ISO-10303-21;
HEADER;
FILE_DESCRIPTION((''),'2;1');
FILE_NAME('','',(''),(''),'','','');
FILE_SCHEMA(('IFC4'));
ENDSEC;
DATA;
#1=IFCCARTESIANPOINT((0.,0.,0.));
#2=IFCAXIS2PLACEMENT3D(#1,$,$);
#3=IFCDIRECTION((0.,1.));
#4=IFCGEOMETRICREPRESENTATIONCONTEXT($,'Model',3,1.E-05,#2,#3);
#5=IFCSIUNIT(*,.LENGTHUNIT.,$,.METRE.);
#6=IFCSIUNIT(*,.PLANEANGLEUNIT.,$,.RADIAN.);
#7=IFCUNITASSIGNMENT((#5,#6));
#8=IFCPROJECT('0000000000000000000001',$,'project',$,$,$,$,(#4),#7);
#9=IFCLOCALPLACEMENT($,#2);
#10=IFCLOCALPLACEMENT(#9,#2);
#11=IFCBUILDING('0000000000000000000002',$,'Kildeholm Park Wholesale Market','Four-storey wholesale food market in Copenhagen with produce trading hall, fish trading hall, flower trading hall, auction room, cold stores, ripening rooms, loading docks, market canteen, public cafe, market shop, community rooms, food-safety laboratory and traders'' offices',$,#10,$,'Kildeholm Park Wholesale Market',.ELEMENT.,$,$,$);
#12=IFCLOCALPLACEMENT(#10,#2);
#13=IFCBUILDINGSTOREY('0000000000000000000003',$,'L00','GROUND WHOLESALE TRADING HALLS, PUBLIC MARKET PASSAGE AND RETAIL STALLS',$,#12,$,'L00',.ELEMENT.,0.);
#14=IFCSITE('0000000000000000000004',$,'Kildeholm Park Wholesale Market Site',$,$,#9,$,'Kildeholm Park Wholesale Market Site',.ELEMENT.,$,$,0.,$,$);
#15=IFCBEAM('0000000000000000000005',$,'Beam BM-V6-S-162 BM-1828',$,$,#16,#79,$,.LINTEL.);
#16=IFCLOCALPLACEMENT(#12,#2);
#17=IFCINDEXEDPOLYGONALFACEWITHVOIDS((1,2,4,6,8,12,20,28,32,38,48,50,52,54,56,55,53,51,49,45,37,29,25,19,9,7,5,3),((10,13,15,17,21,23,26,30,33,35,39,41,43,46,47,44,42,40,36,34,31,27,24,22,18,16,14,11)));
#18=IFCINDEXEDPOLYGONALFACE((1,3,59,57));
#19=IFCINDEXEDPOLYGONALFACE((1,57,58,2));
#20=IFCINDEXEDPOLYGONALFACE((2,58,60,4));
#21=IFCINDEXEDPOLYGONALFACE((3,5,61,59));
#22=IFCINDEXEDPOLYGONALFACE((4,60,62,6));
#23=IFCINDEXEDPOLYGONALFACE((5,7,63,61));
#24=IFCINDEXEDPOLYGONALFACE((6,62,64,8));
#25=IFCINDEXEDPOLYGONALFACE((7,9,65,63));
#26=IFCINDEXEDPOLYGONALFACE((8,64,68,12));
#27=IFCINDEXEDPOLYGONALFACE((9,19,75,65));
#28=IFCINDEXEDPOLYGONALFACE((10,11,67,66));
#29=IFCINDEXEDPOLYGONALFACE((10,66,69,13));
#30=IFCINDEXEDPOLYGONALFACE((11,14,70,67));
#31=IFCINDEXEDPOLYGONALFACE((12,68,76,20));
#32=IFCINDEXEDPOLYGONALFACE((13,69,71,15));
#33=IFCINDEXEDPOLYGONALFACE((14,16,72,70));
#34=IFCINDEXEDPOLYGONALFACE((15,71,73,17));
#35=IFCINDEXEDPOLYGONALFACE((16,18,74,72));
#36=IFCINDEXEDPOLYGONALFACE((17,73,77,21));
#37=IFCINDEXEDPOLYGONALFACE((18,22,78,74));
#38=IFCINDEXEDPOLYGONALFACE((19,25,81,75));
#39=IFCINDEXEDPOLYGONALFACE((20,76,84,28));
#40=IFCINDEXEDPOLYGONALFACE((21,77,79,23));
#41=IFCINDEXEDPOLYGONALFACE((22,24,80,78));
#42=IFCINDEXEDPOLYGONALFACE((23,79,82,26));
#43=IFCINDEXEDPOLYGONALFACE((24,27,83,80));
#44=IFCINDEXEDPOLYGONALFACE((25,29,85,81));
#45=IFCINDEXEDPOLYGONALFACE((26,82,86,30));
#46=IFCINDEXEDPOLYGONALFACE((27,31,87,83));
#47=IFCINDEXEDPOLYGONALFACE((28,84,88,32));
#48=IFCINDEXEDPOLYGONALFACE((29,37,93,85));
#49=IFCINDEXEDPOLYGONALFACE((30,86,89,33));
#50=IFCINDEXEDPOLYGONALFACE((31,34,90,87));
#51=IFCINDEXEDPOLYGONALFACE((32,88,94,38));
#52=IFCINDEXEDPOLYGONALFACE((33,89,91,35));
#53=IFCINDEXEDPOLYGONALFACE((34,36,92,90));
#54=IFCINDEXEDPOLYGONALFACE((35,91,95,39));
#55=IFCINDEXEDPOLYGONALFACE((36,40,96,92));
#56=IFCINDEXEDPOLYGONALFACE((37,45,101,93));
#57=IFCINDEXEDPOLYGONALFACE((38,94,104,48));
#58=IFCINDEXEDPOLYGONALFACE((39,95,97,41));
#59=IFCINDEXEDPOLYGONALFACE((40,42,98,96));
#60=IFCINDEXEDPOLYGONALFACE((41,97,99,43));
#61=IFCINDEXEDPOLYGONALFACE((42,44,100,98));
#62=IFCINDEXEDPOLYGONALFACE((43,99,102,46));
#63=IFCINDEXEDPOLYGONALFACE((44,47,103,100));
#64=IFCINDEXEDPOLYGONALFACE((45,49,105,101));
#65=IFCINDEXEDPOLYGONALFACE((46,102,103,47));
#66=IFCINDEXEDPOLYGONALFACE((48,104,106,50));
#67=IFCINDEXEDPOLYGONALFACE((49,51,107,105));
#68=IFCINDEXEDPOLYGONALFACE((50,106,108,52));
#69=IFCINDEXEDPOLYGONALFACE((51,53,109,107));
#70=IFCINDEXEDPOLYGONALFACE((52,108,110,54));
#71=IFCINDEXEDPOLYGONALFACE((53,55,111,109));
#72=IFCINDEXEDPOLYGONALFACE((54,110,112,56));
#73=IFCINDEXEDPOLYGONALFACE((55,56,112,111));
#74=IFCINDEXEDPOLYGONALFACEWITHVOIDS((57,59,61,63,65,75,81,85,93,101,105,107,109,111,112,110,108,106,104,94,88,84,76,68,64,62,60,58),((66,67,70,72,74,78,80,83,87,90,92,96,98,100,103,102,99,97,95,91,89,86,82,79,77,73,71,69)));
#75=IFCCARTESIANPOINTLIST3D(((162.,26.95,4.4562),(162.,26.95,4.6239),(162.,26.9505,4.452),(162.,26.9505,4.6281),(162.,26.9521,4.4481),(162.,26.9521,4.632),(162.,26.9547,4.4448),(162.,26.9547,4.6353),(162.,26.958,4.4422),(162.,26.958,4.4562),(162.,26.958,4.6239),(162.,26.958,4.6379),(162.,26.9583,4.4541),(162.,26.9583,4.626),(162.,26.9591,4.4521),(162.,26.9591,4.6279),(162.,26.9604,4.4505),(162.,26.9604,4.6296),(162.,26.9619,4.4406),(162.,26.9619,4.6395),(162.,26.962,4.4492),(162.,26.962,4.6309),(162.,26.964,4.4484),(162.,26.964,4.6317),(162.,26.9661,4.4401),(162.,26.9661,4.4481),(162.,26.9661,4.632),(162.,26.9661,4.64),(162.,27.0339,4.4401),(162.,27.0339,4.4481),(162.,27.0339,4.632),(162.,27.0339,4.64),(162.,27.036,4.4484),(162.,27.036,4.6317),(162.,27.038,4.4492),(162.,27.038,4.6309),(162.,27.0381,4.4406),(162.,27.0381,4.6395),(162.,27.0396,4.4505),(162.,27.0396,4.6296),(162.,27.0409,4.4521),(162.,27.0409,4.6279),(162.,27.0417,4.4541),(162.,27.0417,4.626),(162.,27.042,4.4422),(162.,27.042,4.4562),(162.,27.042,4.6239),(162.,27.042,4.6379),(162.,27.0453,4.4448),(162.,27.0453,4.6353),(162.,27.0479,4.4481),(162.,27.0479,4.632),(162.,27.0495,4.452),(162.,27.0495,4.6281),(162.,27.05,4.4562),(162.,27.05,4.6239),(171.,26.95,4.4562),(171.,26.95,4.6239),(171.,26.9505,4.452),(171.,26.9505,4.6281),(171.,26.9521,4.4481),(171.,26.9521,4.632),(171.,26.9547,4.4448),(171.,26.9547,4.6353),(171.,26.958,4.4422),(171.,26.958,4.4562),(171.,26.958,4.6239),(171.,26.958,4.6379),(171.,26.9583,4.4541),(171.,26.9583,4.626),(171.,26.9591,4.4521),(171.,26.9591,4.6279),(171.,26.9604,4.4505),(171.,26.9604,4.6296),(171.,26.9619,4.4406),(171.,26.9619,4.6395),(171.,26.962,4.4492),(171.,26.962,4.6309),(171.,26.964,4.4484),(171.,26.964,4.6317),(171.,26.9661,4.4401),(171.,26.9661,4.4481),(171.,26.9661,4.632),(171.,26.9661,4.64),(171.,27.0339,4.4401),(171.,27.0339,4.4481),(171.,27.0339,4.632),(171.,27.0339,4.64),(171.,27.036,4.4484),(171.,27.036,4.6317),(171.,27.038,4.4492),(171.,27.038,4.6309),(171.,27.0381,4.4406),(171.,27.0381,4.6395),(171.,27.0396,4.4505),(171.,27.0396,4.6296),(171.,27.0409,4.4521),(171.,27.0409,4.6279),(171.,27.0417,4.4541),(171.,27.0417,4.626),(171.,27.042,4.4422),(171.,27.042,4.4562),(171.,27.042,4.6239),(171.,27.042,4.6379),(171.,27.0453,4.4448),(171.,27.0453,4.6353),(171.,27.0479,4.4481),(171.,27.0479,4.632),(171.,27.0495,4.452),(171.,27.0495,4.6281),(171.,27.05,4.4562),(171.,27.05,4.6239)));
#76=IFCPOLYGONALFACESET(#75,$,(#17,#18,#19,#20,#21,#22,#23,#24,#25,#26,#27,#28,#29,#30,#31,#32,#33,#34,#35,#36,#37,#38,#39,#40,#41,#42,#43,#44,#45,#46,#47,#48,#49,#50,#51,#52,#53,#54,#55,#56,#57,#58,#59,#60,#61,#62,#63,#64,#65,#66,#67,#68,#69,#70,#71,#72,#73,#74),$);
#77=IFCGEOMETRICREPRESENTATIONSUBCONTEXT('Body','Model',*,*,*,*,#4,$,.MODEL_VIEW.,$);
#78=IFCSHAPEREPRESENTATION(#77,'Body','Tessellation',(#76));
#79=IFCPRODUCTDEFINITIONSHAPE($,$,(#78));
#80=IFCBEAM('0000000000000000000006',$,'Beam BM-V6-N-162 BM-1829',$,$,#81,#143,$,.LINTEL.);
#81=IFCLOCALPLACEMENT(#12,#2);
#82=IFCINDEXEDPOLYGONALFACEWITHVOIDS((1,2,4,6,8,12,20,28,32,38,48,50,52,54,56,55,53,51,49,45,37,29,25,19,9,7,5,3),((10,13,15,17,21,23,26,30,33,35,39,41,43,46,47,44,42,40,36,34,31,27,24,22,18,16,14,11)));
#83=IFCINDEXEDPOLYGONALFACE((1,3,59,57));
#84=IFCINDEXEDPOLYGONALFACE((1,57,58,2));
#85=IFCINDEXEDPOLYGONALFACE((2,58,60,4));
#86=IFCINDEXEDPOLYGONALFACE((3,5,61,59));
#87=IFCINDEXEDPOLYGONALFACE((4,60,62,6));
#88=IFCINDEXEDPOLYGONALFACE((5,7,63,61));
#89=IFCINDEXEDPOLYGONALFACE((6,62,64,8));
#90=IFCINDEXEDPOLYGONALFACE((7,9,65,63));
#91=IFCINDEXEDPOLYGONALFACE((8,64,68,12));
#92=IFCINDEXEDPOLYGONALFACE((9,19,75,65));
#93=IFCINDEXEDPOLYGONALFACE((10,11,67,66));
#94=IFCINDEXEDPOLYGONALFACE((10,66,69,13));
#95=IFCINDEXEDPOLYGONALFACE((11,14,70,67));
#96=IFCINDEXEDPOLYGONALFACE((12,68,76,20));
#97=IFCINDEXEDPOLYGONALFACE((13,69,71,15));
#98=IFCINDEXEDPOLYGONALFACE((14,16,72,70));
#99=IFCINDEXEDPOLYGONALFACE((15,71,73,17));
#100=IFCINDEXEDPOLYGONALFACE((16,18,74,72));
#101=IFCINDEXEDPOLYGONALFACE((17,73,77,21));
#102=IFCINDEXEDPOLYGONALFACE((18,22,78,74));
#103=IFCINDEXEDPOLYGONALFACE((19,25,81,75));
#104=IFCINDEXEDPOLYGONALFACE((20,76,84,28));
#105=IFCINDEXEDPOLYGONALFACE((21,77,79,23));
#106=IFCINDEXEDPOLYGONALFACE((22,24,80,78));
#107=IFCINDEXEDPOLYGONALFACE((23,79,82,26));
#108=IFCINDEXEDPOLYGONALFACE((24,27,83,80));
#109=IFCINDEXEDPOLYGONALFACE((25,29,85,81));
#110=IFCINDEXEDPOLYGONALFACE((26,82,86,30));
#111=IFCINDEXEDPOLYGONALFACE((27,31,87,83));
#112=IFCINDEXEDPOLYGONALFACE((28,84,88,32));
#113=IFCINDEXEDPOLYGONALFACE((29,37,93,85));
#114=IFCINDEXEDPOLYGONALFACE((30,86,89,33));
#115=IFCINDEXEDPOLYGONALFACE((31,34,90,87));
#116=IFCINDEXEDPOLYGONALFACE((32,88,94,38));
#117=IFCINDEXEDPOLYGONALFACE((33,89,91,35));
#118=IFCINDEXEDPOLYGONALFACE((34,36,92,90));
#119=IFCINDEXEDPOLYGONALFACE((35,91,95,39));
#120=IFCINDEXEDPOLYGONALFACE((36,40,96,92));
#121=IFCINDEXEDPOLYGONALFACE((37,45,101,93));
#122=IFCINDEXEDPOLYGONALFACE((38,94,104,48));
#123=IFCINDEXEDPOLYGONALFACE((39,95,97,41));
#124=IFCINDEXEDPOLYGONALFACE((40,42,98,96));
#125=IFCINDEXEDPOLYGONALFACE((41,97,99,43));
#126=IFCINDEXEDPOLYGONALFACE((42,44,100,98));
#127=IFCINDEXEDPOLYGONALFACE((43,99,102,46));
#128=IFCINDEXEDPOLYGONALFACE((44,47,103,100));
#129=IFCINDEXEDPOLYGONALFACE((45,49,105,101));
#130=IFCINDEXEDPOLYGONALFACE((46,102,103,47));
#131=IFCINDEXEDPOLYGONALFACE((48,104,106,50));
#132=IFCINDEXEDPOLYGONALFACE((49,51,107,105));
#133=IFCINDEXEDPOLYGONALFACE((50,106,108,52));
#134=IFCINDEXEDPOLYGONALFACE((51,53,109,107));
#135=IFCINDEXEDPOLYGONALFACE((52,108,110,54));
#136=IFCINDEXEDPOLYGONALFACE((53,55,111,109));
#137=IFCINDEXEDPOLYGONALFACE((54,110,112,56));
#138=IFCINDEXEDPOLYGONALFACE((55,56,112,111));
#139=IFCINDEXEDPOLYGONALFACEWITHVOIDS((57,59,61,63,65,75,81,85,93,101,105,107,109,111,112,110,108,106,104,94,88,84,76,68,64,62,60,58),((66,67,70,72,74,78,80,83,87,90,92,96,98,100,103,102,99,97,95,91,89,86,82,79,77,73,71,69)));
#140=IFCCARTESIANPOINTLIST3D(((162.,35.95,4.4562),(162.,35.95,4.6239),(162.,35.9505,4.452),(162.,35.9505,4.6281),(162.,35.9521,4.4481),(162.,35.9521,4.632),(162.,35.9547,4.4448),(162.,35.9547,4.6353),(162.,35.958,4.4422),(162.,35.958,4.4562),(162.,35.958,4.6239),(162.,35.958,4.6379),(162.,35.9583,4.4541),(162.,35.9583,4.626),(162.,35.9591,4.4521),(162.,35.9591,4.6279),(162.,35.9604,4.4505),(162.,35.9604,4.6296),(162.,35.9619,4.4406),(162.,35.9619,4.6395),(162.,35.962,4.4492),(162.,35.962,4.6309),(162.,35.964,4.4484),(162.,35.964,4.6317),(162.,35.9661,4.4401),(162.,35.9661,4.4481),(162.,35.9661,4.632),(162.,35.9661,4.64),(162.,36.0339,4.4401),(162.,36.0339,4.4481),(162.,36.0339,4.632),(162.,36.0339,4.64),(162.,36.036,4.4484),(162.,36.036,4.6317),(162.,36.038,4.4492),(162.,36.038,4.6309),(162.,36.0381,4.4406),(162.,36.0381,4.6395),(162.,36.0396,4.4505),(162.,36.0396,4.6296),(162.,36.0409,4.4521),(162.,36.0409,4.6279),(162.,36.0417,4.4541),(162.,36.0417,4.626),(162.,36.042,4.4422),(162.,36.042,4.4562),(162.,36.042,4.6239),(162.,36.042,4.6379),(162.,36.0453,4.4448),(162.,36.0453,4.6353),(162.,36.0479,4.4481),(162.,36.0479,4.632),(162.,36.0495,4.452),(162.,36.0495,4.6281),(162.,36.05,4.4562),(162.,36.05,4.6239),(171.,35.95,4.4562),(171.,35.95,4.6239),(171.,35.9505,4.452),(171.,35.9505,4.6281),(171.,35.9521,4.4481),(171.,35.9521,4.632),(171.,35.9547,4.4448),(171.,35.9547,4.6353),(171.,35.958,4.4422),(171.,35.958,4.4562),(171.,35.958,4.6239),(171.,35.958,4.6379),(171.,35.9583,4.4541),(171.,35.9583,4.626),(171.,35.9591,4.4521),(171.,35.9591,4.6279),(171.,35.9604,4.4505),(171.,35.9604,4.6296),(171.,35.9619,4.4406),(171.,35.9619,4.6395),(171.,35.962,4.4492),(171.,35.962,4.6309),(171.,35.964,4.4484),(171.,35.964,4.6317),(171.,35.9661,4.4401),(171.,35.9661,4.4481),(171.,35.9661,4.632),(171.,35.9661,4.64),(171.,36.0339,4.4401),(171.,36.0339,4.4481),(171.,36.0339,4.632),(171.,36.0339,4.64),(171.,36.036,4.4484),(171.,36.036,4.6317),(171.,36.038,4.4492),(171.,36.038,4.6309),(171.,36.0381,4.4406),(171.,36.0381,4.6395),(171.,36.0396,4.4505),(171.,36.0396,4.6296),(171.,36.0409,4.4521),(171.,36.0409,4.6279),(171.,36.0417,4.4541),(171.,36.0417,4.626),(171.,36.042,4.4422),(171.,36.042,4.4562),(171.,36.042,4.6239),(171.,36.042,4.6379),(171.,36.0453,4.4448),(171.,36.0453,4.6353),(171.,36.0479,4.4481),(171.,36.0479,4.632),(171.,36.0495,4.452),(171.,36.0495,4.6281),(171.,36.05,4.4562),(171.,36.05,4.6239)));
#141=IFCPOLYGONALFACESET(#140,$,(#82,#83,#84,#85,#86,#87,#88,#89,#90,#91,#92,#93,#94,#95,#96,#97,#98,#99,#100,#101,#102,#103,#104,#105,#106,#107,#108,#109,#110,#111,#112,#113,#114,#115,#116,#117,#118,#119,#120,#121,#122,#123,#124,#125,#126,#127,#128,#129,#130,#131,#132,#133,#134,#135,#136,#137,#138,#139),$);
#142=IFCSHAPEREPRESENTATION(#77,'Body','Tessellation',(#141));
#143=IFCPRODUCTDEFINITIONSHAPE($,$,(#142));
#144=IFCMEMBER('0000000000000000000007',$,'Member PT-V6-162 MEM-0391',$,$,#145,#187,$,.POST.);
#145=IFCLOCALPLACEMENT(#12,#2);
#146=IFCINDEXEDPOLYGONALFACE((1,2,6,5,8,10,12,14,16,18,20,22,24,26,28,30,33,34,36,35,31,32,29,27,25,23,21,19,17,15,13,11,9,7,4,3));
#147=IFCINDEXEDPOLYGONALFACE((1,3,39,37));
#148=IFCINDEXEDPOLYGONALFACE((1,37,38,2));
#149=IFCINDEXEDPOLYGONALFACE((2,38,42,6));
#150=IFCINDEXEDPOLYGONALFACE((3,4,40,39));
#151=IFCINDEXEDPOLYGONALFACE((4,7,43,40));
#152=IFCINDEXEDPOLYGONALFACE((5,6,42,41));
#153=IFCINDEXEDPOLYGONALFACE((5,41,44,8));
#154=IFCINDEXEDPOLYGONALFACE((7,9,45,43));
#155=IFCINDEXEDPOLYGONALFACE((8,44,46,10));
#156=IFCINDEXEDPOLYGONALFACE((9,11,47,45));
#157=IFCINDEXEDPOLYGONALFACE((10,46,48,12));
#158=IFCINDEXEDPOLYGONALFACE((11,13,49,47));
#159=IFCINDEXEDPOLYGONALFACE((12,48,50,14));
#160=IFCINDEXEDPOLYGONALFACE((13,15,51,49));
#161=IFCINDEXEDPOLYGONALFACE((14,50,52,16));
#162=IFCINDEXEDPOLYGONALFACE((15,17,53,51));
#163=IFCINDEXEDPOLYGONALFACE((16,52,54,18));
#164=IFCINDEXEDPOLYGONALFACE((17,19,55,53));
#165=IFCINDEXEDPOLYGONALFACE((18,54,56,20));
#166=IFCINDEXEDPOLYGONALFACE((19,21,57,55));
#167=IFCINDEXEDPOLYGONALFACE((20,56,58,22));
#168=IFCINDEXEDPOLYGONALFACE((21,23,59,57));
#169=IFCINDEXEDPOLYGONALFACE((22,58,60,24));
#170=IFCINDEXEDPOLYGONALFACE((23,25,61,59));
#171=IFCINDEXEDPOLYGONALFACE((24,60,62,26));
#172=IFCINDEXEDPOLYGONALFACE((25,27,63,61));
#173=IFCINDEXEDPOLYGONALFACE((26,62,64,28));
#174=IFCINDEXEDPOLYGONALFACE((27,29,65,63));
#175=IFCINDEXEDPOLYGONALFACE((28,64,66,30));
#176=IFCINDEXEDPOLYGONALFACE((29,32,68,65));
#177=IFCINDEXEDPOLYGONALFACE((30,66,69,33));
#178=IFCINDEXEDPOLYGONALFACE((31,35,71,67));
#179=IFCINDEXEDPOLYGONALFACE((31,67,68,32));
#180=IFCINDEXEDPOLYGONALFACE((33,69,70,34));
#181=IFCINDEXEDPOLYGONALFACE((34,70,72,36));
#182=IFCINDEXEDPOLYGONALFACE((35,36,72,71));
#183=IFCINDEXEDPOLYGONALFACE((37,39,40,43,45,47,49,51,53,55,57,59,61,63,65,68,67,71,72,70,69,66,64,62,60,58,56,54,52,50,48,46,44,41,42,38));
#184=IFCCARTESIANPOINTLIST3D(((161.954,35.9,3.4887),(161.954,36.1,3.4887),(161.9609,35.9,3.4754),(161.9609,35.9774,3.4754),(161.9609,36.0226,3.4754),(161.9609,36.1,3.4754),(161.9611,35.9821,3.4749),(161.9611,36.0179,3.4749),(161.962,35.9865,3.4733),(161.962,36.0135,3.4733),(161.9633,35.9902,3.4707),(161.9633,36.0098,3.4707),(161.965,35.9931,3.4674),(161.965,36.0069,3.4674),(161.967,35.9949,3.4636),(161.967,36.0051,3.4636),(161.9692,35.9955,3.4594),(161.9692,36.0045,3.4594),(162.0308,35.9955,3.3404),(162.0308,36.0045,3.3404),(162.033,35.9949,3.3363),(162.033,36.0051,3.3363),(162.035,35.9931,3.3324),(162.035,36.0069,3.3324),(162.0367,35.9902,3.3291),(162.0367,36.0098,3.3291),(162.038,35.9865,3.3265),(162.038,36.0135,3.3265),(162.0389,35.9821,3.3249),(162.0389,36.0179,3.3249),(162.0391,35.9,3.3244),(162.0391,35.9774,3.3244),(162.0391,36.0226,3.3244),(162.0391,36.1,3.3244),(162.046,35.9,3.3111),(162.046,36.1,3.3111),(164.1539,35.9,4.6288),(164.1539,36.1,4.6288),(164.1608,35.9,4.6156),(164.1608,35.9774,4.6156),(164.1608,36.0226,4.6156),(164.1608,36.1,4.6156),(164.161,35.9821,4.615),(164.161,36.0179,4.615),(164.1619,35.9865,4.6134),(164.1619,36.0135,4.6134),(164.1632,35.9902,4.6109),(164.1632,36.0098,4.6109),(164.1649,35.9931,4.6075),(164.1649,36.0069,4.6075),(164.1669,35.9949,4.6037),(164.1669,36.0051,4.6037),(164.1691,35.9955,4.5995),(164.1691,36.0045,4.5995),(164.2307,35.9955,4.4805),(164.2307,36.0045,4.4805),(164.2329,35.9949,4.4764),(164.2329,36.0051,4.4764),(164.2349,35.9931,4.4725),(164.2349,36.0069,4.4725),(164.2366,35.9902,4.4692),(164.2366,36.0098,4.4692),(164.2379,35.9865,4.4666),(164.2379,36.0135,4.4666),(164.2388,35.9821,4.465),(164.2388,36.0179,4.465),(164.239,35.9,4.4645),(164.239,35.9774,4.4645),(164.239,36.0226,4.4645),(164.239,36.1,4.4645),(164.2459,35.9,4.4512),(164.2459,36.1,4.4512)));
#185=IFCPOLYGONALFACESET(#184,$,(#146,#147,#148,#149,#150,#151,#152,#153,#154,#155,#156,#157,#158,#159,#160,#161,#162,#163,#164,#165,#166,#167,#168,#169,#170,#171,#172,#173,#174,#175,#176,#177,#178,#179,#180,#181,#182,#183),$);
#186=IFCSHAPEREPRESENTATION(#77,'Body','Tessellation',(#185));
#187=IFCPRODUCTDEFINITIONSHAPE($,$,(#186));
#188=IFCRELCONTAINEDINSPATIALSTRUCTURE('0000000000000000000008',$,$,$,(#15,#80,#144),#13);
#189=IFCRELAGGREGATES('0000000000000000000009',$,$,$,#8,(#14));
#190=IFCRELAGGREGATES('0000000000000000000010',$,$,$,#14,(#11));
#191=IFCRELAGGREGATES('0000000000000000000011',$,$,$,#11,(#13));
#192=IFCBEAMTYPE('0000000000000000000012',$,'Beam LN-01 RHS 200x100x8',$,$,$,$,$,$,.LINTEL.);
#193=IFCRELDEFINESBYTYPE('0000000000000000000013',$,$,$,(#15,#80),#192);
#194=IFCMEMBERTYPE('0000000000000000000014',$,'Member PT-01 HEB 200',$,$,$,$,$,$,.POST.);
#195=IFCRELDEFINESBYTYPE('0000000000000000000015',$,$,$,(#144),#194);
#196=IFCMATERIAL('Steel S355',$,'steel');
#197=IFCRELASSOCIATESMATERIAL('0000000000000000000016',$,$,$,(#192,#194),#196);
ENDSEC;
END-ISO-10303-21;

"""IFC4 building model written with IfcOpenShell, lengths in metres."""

from ifc_helpers import new_model, si_unit, direction, frame, origin, origin_2d, place, context, subcontext, project, spatial, hollow_rectangle, i_section, extrude, material, material_profile, profile_set, type_object, element, save


model = new_model("IFC4")

# Units and contexts
model_context = context("Model", 3, precision=1e-05, world=origin(), true_north=direction((0.0, 1.0)))
body_context = subcontext(model_context, "Body", "Model", "MODEL_VIEW")
ifc_project = project(units=[si_unit("LENGTHUNIT", "METRE"), si_unit("PLANEANGLEUNIT", "RADIAN")], contexts=[model_context])

# Site, building, storey
site_placement = place(None, origin())
site = spatial("IfcSite", under=ifc_project, at=site_placement, Name="Kildeholm Park Wholesale Market Site", LongName="Kildeholm Park Wholesale Market Site", CompositionType="ELEMENT", RefElevation=0.0)
building_placement = place(site_placement, origin())
building = spatial("IfcBuilding", under=site, at=building_placement, Name="Kildeholm Park Wholesale Market", Description="Four-storey wholesale food market in Copenhagen with produce trading hall, fish trading hall, flower trading hall, auction room, cold stores, ripening rooms, loading docks, market canteen, public cafe, market shop, community rooms, food-safety laboratory and traders' offices", LongName="Kildeholm Park Wholesale Market", CompositionType="ELEMENT")
storey_placement = place(building_placement, origin())
storey = spatial("IfcBuildingStorey", under=building, at=storey_placement, Name="L00", Description="GROUND WHOLESALE TRADING HALLS, PUBLIC MARKET PASSAGE AND RETAIL STALLS", LongName="L00", CompositionType="ELEMENT", Elevation=0.0)

# Shared definitions
ifc_material_1 = material(Name="Steel S355", Category="steel")

# Beams
ifc_material_profile_1 = material_profile(ifc_material_1, hollow_rectangle(XDim=0.1001, YDim=0.2, WallThickness=0.0081, InnerFilletRadius=0.0081, OuterFilletRadius=0.0161, at=origin_2d()), Name="RHS 200x100x8")
ifc_profile_set_1 = profile_set([ifc_material_profile_1], Name="Steel S355")
beam_type_1 = type_object("IfcBeamType", Name="Beam LN-01 RHS 200x100x8", PredefinedType="LINTEL", material=ifc_profile_set_1)
for number, where, z_axis, x_axis, name in (
    (1, (162.0, 27.0, 4.54), (1.0, 0.0, 0.0), (0.0, 1.0, 0.0), "Beam BM-V6-S-162 BM-1828"),
    (2, (162.0, 36.0, 4.54), (1.0, 0.0, 0.0), (0.0, 1.0, 0.0), "Beam BM-V6-N-162 BM-1829"),
):
    element("IfcBeam", number, at=place(storey_placement, frame(where, z_axis=z_axis, x_axis=x_axis)), inside=storey, type_object=beam_type_1, Name=name, PredefinedType="LINTEL", context=body_context, shape_type="SweptSolid", body=[
        extrude(hollow_rectangle(XDim=0.1001, YDim=0.2, WallThickness=0.0081, InnerFilletRadius=0.0081, OuterFilletRadius=0.0161, at=origin_2d()), origin(), (0.0, 0.0, 1.0), 9.0),
    ])

# Member
ifc_material_profile_2 = material_profile(ifc_material_1, i_section(OverallWidth=0.2, OverallDepth=0.2, WebThickness=0.009, FlangeThickness=0.0149, FilletRadius=0.0181, at=origin_2d()), Name="HEB 200")
ifc_profile_set_2 = profile_set([ifc_material_profile_2], Name="Steel S355")
member_type_1 = type_object("IfcMemberType", Name="Member PT-01 HEB 200", PredefinedType="POST", material=ifc_profile_set_2)
member_1_placement = place(storey_placement, frame((162.0, 36.0, 3.3999), z_axis=(0.88785, 0.0, 0.460133), x_axis=(0.0, 1.0, 0.0)))
element("IfcMember", 3, at=member_1_placement, inside=storey, type_object=member_type_1, Name="Member PT-V6-162 MEM-0391", PredefinedType="POST", context=body_context, shape_type="SweptSolid", body=[
    extrude(i_section(OverallWidth=0.2, OverallDepth=0.2, WebThickness=0.009, FlangeThickness=0.0149, FilletRadius=0.0181, at=origin_2d()), origin(), (0.0, 0.0, 1.0), 2.4778),
])

save(model, "model.ifc")
